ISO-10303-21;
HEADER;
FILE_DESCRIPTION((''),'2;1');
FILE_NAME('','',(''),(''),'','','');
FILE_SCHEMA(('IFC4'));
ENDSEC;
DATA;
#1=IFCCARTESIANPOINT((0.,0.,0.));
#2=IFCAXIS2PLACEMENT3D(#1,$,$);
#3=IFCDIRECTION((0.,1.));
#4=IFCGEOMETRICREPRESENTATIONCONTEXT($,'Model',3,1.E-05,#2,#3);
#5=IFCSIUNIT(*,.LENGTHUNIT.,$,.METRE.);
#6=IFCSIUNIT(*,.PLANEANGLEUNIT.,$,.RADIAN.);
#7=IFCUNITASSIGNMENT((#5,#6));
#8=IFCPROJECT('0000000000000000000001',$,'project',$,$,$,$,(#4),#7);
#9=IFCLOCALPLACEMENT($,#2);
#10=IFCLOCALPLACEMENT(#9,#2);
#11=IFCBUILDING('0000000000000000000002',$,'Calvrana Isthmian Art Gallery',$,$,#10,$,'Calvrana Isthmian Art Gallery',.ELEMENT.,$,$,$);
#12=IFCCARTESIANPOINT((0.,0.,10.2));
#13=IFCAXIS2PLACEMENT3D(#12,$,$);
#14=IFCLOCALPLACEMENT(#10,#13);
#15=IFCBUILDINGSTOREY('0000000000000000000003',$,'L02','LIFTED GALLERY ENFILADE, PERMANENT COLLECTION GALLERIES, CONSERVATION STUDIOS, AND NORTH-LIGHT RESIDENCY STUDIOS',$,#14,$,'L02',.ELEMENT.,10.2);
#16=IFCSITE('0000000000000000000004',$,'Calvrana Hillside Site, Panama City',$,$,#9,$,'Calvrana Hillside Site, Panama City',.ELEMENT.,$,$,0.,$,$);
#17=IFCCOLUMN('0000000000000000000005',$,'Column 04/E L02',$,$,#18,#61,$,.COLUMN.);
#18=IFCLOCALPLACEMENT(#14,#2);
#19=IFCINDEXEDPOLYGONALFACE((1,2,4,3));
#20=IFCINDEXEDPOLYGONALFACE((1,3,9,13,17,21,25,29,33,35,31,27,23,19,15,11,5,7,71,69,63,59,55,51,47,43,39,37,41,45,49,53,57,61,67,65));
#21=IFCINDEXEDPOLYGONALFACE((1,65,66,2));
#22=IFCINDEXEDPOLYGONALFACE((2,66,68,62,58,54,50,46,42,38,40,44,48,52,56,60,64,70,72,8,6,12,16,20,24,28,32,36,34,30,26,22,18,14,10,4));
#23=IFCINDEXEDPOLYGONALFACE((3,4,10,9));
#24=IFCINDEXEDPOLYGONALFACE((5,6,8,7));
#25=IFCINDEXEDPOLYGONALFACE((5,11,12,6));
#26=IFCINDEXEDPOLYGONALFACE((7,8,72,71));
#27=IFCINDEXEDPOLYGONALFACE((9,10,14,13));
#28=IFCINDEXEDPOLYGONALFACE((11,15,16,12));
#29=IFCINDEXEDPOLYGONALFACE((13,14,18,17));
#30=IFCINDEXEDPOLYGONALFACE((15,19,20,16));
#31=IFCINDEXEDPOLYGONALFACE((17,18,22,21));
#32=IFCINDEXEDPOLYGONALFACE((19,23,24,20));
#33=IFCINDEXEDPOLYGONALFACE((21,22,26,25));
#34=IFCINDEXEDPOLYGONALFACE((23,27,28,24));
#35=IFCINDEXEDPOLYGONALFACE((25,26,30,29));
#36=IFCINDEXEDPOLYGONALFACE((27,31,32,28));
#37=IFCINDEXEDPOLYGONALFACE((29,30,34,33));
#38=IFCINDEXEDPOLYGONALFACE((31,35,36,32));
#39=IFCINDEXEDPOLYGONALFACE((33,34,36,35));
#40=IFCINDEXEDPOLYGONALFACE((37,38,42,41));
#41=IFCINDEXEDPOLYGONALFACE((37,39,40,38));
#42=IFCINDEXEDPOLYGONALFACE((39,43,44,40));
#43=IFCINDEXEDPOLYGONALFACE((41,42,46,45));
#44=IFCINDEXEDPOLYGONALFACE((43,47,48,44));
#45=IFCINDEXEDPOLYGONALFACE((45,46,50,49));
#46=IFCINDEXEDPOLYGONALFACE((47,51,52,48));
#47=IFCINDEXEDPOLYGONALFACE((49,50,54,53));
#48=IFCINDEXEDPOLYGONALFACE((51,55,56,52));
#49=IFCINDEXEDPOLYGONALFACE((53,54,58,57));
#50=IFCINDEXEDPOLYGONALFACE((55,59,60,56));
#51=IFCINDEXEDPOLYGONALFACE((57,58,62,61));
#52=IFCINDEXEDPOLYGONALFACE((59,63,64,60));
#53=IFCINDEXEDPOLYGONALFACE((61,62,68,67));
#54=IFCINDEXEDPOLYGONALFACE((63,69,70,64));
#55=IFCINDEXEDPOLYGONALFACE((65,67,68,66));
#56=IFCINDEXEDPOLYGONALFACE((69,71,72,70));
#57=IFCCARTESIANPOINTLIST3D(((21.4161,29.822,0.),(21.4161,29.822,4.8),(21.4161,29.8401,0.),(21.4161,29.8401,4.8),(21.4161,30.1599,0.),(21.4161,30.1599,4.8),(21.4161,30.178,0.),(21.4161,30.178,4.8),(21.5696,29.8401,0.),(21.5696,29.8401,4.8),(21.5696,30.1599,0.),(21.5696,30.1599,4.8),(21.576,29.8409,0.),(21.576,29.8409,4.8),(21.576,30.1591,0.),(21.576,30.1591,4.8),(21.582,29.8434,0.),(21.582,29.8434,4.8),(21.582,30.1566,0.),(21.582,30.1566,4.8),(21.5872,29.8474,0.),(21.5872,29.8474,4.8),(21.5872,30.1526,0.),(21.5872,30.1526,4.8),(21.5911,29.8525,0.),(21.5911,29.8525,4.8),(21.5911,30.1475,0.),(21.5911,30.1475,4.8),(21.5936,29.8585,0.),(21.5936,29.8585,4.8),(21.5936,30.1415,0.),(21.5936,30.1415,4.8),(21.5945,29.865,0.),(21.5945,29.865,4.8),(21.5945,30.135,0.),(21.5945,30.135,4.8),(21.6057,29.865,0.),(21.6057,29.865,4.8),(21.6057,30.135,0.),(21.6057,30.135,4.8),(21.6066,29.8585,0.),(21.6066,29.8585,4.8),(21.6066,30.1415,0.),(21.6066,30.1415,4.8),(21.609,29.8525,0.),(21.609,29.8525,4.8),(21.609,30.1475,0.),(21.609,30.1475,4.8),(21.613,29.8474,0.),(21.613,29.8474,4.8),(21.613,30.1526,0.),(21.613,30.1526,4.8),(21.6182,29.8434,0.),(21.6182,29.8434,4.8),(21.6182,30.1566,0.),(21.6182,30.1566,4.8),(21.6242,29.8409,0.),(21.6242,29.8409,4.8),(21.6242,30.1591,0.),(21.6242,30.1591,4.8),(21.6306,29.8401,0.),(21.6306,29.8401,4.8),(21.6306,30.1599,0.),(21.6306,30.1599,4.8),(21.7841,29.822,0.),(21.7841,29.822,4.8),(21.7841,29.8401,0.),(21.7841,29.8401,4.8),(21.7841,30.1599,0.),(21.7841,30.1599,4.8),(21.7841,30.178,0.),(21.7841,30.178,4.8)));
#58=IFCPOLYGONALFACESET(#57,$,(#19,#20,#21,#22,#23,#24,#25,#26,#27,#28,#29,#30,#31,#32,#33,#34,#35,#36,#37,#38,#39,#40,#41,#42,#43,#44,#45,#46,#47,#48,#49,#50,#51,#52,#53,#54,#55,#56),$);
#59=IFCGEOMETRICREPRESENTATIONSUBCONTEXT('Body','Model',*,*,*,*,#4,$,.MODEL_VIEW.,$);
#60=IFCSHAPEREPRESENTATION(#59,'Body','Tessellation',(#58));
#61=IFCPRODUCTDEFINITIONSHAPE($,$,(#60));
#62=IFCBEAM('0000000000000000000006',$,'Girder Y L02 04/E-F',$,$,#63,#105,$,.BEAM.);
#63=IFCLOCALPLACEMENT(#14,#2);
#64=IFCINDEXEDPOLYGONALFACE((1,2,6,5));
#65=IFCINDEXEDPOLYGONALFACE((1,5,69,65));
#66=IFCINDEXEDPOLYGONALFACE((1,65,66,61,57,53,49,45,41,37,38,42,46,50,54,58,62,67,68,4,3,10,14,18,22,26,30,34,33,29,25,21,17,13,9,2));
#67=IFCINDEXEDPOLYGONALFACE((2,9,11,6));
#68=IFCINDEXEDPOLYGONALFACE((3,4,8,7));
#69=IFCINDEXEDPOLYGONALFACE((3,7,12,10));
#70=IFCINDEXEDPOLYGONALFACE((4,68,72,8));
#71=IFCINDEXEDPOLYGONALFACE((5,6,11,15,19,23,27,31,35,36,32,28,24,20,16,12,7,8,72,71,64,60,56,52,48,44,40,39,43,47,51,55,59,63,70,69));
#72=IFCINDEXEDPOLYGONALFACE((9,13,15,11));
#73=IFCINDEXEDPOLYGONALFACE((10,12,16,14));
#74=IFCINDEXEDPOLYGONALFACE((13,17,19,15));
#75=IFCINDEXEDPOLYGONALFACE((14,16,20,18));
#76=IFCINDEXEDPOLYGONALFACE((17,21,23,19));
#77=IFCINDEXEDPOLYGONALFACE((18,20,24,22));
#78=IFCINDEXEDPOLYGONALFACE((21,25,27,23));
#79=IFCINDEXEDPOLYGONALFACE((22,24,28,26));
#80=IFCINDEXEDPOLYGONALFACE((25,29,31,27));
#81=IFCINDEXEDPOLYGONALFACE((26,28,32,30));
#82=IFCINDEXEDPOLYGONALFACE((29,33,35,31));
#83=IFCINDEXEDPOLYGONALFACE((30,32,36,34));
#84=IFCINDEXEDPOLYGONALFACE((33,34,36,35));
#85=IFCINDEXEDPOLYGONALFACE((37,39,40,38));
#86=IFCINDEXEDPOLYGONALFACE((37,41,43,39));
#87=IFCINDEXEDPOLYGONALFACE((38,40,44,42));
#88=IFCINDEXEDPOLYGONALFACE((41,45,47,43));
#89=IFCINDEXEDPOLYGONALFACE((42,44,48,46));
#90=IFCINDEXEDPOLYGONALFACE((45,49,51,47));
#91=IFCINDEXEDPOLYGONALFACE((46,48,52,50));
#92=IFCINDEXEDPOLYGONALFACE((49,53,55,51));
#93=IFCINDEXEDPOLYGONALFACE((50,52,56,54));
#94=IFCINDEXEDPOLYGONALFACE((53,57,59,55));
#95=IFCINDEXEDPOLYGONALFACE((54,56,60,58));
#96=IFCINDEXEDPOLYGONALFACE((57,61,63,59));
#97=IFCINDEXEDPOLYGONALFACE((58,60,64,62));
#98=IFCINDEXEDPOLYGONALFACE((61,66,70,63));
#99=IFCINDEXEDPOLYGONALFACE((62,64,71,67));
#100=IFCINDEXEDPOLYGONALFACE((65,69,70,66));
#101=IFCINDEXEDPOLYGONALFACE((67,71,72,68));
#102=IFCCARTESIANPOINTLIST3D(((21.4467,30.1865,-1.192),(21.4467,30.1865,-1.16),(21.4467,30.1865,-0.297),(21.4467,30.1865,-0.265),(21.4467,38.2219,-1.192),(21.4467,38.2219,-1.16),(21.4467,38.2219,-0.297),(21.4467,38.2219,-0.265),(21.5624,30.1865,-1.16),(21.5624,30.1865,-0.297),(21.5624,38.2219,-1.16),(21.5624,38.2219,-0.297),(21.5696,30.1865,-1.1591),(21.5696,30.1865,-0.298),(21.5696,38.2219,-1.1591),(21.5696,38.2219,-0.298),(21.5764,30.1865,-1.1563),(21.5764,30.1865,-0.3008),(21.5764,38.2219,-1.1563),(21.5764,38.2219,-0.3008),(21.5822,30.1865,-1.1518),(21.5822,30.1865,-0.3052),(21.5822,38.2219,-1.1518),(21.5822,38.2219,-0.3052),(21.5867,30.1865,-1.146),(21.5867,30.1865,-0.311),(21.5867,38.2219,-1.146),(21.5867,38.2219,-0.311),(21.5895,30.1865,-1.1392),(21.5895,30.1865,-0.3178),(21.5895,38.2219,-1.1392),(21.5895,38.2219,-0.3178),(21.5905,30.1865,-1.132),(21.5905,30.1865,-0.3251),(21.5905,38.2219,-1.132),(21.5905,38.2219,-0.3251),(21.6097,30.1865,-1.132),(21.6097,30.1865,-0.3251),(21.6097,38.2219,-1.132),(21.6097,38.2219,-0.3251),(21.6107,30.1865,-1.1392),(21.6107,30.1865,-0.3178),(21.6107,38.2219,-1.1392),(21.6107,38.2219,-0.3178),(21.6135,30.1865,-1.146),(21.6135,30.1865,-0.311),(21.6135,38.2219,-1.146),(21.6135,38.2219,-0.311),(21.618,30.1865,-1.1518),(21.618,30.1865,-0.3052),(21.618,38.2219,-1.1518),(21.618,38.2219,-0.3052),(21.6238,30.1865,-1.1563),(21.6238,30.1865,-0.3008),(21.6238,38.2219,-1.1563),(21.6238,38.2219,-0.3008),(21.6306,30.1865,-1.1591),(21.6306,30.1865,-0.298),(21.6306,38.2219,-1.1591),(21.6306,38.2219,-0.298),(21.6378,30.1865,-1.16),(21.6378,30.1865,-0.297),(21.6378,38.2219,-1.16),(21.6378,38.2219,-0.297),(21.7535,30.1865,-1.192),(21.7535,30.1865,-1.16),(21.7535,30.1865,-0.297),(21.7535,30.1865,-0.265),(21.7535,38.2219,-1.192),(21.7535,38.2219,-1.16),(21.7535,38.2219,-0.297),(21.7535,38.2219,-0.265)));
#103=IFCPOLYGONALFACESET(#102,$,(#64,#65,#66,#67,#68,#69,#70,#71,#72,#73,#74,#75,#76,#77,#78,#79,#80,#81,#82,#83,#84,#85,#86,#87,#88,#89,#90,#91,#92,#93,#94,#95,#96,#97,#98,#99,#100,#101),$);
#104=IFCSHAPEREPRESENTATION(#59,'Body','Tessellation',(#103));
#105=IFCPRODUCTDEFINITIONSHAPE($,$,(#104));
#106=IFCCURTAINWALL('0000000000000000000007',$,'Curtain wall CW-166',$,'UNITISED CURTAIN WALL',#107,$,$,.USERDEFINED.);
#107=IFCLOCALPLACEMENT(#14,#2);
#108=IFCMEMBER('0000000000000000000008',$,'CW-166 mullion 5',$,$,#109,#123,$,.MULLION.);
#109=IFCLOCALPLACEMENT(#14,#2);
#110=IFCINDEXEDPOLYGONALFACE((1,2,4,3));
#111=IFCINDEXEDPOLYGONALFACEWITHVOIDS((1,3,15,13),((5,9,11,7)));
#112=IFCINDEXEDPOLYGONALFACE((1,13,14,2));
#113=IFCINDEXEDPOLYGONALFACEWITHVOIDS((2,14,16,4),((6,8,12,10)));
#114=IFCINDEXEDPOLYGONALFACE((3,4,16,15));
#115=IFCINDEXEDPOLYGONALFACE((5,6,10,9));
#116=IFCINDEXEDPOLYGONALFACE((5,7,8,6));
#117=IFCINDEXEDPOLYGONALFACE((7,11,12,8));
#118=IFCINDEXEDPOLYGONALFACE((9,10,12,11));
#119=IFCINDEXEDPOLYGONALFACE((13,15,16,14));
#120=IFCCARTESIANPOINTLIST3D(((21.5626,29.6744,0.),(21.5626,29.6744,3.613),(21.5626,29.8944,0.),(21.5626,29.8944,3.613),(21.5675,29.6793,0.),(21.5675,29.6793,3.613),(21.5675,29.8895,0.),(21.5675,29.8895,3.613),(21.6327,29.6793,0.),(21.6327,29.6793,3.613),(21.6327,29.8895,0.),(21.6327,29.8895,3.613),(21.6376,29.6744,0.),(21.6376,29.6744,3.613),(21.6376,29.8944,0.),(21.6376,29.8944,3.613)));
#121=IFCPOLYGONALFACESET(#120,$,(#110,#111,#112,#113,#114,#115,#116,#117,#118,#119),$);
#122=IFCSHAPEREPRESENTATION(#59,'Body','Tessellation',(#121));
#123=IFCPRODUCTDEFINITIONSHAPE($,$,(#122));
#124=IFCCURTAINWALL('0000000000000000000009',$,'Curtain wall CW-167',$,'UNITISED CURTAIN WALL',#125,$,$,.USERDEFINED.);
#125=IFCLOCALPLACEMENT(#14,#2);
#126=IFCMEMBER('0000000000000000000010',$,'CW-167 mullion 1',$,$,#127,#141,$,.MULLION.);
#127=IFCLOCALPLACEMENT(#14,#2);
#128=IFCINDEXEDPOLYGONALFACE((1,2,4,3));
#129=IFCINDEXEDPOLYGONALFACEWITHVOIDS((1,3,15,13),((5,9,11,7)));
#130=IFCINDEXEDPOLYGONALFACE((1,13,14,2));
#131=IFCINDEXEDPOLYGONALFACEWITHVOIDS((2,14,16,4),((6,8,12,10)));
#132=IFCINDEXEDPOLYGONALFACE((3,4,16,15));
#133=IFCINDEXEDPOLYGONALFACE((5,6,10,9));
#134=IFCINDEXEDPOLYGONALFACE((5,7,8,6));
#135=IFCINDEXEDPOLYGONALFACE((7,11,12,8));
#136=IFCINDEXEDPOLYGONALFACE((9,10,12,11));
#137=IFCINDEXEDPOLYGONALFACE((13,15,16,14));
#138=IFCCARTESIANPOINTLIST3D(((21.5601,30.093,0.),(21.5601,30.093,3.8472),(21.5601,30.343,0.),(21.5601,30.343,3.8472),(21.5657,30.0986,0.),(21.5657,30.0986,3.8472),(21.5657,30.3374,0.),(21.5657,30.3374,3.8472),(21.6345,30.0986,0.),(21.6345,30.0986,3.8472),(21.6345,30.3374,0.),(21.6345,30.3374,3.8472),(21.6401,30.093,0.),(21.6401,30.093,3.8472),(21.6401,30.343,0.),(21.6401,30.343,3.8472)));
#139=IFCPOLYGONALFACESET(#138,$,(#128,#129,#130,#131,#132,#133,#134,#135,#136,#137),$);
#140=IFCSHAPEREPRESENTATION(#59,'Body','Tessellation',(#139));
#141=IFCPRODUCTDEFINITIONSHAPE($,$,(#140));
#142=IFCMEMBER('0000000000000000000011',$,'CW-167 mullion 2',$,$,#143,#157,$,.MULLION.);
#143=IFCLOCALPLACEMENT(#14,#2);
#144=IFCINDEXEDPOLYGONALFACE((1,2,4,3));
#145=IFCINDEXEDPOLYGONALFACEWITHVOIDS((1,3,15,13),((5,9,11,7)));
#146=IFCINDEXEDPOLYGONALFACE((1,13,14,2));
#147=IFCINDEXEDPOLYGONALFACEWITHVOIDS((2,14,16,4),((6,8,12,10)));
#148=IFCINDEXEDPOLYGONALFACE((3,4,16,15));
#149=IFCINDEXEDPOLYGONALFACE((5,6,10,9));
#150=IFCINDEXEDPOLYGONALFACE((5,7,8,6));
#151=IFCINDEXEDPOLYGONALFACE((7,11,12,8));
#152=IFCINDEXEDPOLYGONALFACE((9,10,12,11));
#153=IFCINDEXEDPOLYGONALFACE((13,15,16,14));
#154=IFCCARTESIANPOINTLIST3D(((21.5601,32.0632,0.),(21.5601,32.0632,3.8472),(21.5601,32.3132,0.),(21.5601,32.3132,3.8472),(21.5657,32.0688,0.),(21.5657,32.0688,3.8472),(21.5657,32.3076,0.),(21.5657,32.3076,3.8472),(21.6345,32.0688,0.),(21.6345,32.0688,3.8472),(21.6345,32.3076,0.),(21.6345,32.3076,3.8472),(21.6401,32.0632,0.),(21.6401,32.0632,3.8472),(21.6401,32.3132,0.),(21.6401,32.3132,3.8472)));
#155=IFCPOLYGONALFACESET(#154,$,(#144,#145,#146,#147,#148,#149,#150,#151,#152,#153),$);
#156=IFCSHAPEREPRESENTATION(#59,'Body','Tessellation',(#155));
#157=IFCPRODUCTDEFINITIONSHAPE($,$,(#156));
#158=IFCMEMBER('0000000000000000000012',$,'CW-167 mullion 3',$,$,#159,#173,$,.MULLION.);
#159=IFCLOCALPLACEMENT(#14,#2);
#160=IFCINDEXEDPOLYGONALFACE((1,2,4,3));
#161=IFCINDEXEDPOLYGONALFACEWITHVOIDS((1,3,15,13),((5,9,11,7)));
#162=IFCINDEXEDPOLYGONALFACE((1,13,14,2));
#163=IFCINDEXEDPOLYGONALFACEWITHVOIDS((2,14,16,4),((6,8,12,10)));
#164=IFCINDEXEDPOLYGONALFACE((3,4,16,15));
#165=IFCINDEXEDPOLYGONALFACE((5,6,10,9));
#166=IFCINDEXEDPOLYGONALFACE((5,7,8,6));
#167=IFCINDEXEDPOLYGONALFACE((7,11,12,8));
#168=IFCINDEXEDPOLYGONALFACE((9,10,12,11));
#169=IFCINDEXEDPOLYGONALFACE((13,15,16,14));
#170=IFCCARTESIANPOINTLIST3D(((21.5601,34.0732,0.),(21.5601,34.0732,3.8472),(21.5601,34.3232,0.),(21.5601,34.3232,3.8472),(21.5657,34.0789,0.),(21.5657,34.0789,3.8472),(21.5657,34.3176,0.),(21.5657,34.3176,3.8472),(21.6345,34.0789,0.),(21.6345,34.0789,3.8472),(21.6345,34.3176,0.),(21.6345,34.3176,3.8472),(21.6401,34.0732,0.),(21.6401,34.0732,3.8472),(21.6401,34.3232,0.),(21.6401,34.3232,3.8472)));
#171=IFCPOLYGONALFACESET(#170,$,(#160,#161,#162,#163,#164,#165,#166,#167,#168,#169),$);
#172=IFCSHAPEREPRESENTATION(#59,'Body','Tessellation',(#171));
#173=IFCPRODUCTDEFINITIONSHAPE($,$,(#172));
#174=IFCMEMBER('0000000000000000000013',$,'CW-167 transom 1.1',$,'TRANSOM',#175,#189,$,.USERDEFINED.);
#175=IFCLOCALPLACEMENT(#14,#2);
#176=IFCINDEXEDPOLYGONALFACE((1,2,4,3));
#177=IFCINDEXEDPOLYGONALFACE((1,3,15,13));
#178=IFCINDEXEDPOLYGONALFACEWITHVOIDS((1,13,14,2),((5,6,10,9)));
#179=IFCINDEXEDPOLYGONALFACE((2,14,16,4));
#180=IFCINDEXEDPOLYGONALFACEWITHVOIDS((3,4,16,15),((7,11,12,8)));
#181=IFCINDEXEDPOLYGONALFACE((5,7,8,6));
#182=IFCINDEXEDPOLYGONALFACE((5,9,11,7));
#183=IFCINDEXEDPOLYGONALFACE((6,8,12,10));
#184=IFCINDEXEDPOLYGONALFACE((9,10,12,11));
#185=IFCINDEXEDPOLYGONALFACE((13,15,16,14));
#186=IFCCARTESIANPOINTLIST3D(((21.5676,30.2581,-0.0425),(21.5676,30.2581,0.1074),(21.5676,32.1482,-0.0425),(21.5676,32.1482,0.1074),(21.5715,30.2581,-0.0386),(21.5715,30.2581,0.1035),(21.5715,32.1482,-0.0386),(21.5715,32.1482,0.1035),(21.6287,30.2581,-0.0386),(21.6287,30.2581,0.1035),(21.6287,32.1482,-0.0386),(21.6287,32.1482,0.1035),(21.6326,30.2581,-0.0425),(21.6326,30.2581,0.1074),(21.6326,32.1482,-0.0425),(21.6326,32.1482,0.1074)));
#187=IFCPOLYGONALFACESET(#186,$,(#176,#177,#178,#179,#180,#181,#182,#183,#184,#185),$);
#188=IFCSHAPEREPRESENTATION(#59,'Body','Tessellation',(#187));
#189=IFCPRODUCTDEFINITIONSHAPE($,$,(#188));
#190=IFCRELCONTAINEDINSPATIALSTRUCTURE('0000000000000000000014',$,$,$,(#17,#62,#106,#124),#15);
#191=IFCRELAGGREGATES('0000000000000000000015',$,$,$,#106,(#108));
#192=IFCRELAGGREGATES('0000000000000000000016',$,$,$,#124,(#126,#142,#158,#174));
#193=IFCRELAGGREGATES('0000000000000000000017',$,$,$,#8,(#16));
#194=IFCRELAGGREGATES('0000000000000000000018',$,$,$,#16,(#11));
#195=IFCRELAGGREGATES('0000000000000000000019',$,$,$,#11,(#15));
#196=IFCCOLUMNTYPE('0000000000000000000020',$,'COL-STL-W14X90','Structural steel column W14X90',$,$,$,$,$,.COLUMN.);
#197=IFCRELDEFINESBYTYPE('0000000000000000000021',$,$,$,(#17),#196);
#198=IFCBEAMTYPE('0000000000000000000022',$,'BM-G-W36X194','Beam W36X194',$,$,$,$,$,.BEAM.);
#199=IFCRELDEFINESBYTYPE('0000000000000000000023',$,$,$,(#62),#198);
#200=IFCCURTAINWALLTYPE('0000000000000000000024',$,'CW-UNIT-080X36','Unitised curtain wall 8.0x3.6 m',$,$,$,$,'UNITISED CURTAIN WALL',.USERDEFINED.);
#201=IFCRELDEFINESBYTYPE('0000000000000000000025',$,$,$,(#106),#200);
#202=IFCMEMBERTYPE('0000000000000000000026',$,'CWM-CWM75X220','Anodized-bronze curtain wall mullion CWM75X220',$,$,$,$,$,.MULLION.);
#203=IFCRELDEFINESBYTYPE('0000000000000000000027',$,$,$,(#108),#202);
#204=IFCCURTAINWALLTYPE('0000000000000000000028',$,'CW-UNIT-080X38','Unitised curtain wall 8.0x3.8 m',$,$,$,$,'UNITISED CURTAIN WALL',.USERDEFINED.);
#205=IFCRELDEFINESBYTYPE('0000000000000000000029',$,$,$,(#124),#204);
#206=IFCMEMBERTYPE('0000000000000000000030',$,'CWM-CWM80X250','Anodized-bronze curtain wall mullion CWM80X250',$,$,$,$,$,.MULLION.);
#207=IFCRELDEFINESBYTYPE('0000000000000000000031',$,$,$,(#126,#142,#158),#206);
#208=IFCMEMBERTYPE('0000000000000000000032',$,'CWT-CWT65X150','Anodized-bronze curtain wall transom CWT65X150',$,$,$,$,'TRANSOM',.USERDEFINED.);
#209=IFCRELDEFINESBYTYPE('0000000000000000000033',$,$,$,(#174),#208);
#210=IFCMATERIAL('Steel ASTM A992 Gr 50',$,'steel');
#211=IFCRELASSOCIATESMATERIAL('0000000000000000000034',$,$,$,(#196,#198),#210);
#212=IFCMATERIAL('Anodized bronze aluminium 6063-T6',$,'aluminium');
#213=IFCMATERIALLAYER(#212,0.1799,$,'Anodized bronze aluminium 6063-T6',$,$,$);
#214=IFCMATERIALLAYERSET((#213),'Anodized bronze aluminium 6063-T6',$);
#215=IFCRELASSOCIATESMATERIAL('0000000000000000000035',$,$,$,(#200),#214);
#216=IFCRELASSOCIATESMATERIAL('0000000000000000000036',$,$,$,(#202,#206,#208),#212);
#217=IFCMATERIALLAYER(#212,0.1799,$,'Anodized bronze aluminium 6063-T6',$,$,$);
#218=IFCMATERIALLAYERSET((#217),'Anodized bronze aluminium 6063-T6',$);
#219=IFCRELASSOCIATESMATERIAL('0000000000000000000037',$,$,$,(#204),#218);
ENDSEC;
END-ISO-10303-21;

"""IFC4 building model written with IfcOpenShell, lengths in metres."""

from ifc_helpers import new_model, si_unit, direction, frame, origin, origin_2d, place, context, subcontext, project, spatial, hollow_rectangle, i_section, extrude, material, layer, layer_set, material_profile, profile_set, type_object, element, aggregate, save


model = new_model("IFC4")

# Units and contexts
model_context = context("Model", 3, precision=1e-05, world=origin(), true_north=direction((0.0, 1.0)))
body_context = subcontext(model_context, "Body", "Model", "MODEL_VIEW")
ifc_project = project(units=[si_unit("LENGTHUNIT", "METRE"), si_unit("PLANEANGLEUNIT", "RADIAN")], contexts=[model_context])

# Site, building, storey
site_placement = place(None, origin())
site = spatial("IfcSite", under=ifc_project, at=site_placement, Name="Calvrana Hillside Site, Panama City", LongName="Calvrana Hillside Site, Panama City", CompositionType="ELEMENT", RefElevation=0.0)
building_placement = place(site_placement, origin())
building = spatial("IfcBuilding", under=site, at=building_placement, Name="Calvrana Isthmian Art Gallery", LongName="Calvrana Isthmian Art Gallery", CompositionType="ELEMENT")
storey_placement = place(building_placement, frame((0.0, 0.0, 10.2)))
storey = spatial("IfcBuildingStorey", under=building, at=storey_placement, Name="L02", Description="LIFTED GALLERY ENFILADE, PERMANENT COLLECTION GALLERIES, CONSERVATION STUDIOS, AND NORTH-LIGHT RESIDENCY STUDIOS", LongName="L02", CompositionType="ELEMENT", Elevation=10.2)

# Column
ifc_material_1 = material(Name="Steel ASTM A992 Gr 50", Category="steel")
ifc_material_profile_1 = material_profile(ifc_material_1, i_section(OverallWidth=0.3679, OverallDepth=0.356, WebThickness=0.0112, FlangeThickness=0.0181, FilletRadius=0.0249, at=origin_2d()), Name="W14X90")
ifc_profile_set_1 = profile_set([ifc_material_profile_1], Name="Steel ASTM A992 Gr 50")
column_type = type_object("IfcColumnType", Name="COL-STL-W14X90", Description="Structural steel column W14X90", PredefinedType="COLUMN", material=ifc_profile_set_1)
column_placement = place(storey_placement, frame((21.6001, 30.0, 0.0), z_axis=(0.0, 0.0, 1.0), x_axis=(1.0, 0.0, 0.0)))
element("IfcColumn", 1, at=column_placement, inside=storey, type_object=column_type, Name="Column 04/E L02", PredefinedType="COLUMN", context=body_context, shape_type="SweptSolid", body=[
    extrude(i_section(OverallWidth=0.3679, OverallDepth=0.356, WebThickness=0.0112, FlangeThickness=0.0181, FilletRadius=0.0249, at=origin_2d()), origin(), (0.0, 0.0, 1.0), 4.8),
])

# Beam
ifc_material_profile_2 = material_profile(ifc_material_1, i_section(OverallWidth=0.3069, OverallDepth=0.927, WebThickness=0.0193, FlangeThickness=0.032, FilletRadius=0.0281, at=origin_2d()), Name="W36X194")
ifc_profile_set_2 = profile_set([ifc_material_profile_2], Name="Steel ASTM A992 Gr 50")
beam_type = type_object("IfcBeamType", Name="BM-G-W36X194", Description="Beam W36X194", PredefinedType="BEAM", material=ifc_profile_set_2)
beam_placement = place(storey_placement, frame((21.6001, 30.1865, -0.7285), z_axis=(0.0, 1.0, 0.0), x_axis=(-1.0, 0.0, 0.0)))
element("IfcBeam", 2, at=beam_placement, inside=storey, type_object=beam_type, Name="Girder Y L02 04/E-F", PredefinedType="BEAM", context=body_context, shape_type="SweptSolid", body=[
    extrude(i_section(OverallWidth=0.3069, OverallDepth=0.927, WebThickness=0.0193, FlangeThickness=0.032, FilletRadius=0.0281, at=origin_2d()), origin(), (0.0, 0.0, 1.0), 8.0354),
])

# Curtain wall, member
ifc_material_2 = material(Name="Anodized bronze aluminium 6063-T6", Category="aluminium")
ifc_layer_1 = layer(ifc_material_2, 0.1799, Name="Anodized bronze aluminium 6063-T6")
ifc_layer_set_1 = layer_set([ifc_layer_1], Name="Anodized bronze aluminium 6063-T6")
curtain_wall_type_1 = type_object("IfcCurtainWallType", Name="CW-UNIT-080X36", Description="Unitised curtain wall 8.0x3.6 m", ElementType="UNITISED CURTAIN WALL", PredefinedType="USERDEFINED", material=ifc_layer_set_1)
curtain_wall_1_placement = place(storey_placement, origin())
curtain_wall_1 = element("IfcCurtainWall", 3, at=curtain_wall_1_placement, inside=storey, type_object=curtain_wall_type_1, Name="Curtain wall CW-166", ObjectType="UNITISED CURTAIN WALL", PredefinedType="USERDEFINED")
ifc_material_profile_3 = material_profile(ifc_material_2, hollow_rectangle(XDim=0.075, YDim=0.22, WallThickness=0.0049, at=origin_2d()), Name="CWM75X220")
ifc_profile_set_3 = profile_set([ifc_material_profile_3], Name="Anodized bronze aluminium 6063-T6")
member_type_1 = type_object("IfcMemberType", Name="CWM-CWM75X220", Description="Anodized-bronze curtain wall mullion CWM75X220", PredefinedType="MULLION", material=ifc_profile_set_3)
member_1_placement = place(storey_placement, frame((21.6001, 29.7844, 0.0), z_axis=(0.0, 0.0, 1.0), x_axis=(-1.0, 0.0, 0.0)))
member_1 = element("IfcMember", 4, at=member_1_placement, type_object=member_type_1, Name="CW-166 mullion 5", PredefinedType="MULLION", context=body_context, shape_type="SweptSolid", body=[
    extrude(hollow_rectangle(XDim=0.075, YDim=0.22, WallThickness=0.0049, at=origin_2d()), origin(), (0.0, 0.0, 1.0), 3.613),
])
aggregate(curtain_wall_1, [member_1])

# Curtain wall, members
ifc_layer_2 = layer(ifc_material_2, 0.1799, Name="Anodized bronze aluminium 6063-T6")
ifc_layer_set_2 = layer_set([ifc_layer_2], Name="Anodized bronze aluminium 6063-T6")
curtain_wall_type_2 = type_object("IfcCurtainWallType", Name="CW-UNIT-080X38", Description="Unitised curtain wall 8.0x3.8 m", ElementType="UNITISED CURTAIN WALL", PredefinedType="USERDEFINED", material=ifc_layer_set_2)
curtain_wall_2_placement = place(storey_placement, origin())
curtain_wall_2 = element("IfcCurtainWall", 5, at=curtain_wall_2_placement, inside=storey, type_object=curtain_wall_type_2, Name="Curtain wall CW-167", ObjectType="UNITISED CURTAIN WALL", PredefinedType="USERDEFINED")
ifc_material_profile_4 = material_profile(ifc_material_2, hollow_rectangle(XDim=0.0801, YDim=0.25, WallThickness=0.0056, at=origin_2d()), Name="CWM80X250")
ifc_profile_set_4 = profile_set([ifc_material_profile_4], Name="Anodized bronze aluminium 6063-T6")
member_type_2 = type_object("IfcMemberType", Name="CWM-CWM80X250", Description="Anodized-bronze curtain wall mullion CWM80X250", PredefinedType="MULLION", material=ifc_profile_set_4)
member_2_placement = place(storey_placement, frame((21.6001, 30.218, 0.0), z_axis=(0.0, 0.0, 1.0), x_axis=(-1.0, 0.0, 0.0)))
member_2 = element("IfcMember", 6, at=member_2_placement, type_object=member_type_2, Name="CW-167 mullion 1", PredefinedType="MULLION", context=body_context, shape_type="SweptSolid", body=[
    extrude(hollow_rectangle(XDim=0.0801, YDim=0.25, WallThickness=0.0056, at=origin_2d()), origin(), (0.0, 0.0, 1.0), 3.8472),
])
member_3_placement = place(storey_placement, frame((21.6001, 32.1882, 0.0), z_axis=(0.0, 0.0, 1.0), x_axis=(-1.0, 0.0, 0.0)))
member_3 = element("IfcMember", 7, at=member_3_placement, type_object=member_type_2, Name="CW-167 mullion 2", PredefinedType="MULLION", context=body_context, shape_type="SweptSolid", body=[
    extrude(hollow_rectangle(XDim=0.0801, YDim=0.25, WallThickness=0.0056, at=origin_2d()), origin(), (0.0, 0.0, 1.0), 3.8472),
])
member_4_placement = place(storey_placement, frame((21.6001, 34.1982, 0.0), z_axis=(0.0, 0.0, 1.0), x_axis=(-1.0, 0.0, 0.0)))
member_4 = element("IfcMember", 8, at=member_4_placement, type_object=member_type_2, Name="CW-167 mullion 3", PredefinedType="MULLION", context=body_context, shape_type="SweptSolid", body=[
    extrude(hollow_rectangle(XDim=0.0801, YDim=0.25, WallThickness=0.0056, at=origin_2d()), origin(), (0.0, 0.0, 1.0), 3.8472),
])
ifc_material_profile_5 = material_profile(ifc_material_2, hollow_rectangle(XDim=0.0649, YDim=0.1499, WallThickness=0.0039, at=origin_2d()), Name="CWT65X150")
ifc_profile_set_5 = profile_set([ifc_material_profile_5], Name="Anodized bronze aluminium 6063-T6")
member_type_3 = type_object("IfcMemberType", Name="CWT-CWT65X150", Description="Anodized-bronze curtain wall transom CWT65X150", ElementType="TRANSOM", PredefinedType="USERDEFINED", material=ifc_profile_set_5)
member_5_placement = place(storey_placement, frame((21.6001, 30.2581, 0.0325), z_axis=(0.0, 1.0, 0.0), x_axis=(-1.0, 0.0, 0.0)))
member_5 = element("IfcMember", 9, at=member_5_placement, type_object=member_type_3, Name="CW-167 transom 1.1", ObjectType="TRANSOM", PredefinedType="USERDEFINED", context=body_context, shape_type="SweptSolid", body=[
    extrude(hollow_rectangle(XDim=0.0649, YDim=0.1499, WallThickness=0.0039, at=origin_2d()), origin(), (0.0, 0.0, 1.0), 1.8901),
])
aggregate(curtain_wall_2, [member_2, member_3, member_4, member_5])

save(model, "model.ifc")
